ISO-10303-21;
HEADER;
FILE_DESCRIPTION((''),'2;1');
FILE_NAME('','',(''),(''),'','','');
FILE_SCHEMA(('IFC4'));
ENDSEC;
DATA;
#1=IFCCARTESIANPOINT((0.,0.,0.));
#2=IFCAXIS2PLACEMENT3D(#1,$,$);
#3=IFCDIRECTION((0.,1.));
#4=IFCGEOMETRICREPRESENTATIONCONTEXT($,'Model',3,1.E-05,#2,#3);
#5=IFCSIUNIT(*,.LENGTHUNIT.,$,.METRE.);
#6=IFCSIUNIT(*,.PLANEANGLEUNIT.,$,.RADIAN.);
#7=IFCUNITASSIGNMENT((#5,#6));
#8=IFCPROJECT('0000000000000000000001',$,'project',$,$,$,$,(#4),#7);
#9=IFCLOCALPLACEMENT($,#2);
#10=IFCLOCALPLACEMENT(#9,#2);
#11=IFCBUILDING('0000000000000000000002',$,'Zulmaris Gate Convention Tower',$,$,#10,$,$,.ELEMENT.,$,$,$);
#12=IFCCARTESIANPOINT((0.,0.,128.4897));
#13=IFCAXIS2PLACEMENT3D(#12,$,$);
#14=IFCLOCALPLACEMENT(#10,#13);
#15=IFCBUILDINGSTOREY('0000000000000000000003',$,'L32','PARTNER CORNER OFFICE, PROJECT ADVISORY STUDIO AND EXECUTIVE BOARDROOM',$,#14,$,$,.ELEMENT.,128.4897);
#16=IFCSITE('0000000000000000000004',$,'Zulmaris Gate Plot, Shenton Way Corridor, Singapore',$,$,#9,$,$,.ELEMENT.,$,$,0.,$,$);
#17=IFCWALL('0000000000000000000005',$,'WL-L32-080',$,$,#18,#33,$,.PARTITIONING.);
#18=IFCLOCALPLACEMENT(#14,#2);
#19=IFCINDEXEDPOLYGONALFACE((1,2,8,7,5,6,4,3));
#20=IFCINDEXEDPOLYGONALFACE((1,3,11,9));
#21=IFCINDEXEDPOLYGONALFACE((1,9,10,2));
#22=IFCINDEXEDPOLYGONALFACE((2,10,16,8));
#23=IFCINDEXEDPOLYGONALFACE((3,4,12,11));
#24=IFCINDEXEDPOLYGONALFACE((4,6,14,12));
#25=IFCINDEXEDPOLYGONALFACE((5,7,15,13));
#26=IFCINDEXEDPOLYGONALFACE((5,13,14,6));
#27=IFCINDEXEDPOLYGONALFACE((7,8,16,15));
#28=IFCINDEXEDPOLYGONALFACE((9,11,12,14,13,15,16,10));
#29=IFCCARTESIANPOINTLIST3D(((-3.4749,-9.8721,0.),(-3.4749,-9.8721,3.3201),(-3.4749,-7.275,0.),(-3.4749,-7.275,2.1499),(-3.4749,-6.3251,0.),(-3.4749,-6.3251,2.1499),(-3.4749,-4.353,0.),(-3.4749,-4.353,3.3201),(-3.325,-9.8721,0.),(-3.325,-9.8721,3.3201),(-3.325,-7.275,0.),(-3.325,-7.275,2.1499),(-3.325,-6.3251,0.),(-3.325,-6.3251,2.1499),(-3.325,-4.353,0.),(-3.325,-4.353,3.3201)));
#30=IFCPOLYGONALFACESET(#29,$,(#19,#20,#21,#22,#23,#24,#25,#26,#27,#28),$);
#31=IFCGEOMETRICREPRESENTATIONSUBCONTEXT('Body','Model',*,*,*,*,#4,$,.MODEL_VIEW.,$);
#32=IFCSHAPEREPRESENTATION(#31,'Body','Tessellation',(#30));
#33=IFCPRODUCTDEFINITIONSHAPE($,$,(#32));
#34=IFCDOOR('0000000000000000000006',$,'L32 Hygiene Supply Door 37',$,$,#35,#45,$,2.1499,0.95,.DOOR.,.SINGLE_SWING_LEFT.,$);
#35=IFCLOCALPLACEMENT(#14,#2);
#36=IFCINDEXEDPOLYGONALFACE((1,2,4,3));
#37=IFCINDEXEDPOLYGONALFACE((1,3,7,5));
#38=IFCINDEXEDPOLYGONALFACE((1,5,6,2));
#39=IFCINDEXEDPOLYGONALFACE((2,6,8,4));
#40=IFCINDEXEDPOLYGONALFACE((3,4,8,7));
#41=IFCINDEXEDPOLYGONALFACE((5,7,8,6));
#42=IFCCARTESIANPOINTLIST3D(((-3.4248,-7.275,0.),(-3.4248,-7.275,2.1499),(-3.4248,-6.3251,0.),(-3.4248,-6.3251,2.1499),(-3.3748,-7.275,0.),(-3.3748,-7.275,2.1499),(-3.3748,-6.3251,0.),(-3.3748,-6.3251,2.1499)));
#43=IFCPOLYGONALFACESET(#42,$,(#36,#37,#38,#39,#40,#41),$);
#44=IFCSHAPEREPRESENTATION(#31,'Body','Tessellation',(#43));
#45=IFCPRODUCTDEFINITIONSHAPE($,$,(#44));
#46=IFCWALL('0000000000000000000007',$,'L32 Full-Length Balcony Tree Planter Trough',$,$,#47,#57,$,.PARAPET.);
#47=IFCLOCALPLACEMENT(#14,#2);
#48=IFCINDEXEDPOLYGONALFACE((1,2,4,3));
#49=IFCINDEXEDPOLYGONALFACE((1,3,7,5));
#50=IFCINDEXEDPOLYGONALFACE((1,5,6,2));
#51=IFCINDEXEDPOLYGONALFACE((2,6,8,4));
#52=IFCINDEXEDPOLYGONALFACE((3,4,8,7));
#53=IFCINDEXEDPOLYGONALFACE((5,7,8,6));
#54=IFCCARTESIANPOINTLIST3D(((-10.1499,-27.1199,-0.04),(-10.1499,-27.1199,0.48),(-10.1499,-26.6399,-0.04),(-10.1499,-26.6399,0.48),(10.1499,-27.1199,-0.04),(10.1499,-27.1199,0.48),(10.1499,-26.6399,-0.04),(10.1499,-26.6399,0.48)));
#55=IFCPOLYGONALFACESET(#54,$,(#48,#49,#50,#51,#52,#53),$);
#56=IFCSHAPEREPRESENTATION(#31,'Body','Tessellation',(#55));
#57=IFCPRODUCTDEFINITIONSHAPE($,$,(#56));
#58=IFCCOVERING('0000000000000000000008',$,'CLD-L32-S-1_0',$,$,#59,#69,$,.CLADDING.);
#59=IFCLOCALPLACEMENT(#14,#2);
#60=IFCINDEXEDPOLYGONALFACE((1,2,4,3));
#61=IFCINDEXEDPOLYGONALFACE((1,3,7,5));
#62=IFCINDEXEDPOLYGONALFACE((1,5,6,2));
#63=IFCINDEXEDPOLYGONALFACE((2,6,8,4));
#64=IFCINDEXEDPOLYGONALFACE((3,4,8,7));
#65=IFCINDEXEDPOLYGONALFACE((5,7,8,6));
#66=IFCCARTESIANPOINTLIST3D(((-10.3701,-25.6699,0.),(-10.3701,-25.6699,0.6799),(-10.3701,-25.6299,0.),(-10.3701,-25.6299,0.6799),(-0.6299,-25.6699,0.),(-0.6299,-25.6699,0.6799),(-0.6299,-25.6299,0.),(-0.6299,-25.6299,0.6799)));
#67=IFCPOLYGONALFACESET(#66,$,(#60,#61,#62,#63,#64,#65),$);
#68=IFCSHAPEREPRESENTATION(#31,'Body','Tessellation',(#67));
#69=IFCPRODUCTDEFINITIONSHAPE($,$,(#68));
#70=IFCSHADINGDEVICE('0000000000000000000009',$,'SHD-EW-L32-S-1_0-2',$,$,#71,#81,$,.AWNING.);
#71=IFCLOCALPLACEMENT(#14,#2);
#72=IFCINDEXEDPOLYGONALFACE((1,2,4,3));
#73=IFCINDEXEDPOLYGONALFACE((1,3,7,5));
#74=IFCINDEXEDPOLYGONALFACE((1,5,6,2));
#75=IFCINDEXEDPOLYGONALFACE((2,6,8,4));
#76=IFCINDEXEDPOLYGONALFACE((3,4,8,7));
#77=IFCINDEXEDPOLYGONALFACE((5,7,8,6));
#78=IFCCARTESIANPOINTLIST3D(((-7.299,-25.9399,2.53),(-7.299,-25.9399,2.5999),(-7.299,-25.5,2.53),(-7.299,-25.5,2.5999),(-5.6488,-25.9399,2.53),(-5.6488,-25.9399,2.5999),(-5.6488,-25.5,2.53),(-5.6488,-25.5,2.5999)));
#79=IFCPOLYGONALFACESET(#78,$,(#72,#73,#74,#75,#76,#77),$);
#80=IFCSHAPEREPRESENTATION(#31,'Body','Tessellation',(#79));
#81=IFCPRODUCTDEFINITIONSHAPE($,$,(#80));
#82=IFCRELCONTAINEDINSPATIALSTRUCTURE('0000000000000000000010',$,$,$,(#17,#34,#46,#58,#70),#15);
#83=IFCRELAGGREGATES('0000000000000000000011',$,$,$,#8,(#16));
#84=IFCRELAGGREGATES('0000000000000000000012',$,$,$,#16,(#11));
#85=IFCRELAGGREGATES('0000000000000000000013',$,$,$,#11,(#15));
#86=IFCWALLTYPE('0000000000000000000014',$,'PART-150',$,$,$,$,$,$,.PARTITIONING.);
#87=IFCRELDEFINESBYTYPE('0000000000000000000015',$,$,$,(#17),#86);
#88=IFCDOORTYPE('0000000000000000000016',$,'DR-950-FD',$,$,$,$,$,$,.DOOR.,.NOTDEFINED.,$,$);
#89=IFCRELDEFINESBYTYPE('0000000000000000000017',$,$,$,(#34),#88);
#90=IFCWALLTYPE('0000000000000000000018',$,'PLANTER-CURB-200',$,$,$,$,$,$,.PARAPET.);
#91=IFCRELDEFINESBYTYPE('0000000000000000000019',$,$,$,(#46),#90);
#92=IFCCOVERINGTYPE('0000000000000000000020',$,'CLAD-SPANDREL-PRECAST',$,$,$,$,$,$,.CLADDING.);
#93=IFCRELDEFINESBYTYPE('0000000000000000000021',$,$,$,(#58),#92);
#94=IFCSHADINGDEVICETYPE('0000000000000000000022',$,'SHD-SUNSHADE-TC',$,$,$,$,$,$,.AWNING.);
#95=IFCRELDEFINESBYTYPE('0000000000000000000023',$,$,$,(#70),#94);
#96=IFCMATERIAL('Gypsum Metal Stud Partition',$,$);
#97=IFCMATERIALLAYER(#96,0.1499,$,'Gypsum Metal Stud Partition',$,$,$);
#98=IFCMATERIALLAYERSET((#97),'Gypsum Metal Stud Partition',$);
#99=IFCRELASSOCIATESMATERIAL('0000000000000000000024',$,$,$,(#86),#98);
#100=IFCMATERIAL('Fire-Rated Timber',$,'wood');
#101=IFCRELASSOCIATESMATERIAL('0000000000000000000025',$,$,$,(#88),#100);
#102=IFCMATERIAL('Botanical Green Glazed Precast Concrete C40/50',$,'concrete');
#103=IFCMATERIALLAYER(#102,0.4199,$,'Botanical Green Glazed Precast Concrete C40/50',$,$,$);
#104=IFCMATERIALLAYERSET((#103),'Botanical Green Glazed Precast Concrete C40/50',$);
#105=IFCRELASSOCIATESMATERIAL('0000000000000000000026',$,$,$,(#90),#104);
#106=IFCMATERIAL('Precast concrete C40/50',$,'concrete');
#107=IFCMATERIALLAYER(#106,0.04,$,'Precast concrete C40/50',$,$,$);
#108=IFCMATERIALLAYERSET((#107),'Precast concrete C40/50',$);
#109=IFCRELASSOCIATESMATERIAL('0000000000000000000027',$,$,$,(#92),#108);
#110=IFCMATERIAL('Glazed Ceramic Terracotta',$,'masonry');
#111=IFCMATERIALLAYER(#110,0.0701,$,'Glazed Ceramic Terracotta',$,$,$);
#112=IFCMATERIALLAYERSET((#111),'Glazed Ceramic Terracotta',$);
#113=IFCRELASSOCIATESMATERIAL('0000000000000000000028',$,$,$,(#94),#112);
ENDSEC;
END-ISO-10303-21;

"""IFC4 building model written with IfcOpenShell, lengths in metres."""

from ifc_helpers import new_model, si_unit, direction, frame, frame_2d, origin, place, context, subcontext, project, spatial, rectangle, extrude, material, layer, layer_set, type_object, element, fill, save


model = new_model("IFC4")

# Units and contexts
model_context = context("Model", 3, precision=1e-05, world=origin(), true_north=direction((0.0, 1.0)))
body_context = subcontext(model_context, "Body", "Model", "MODEL_VIEW")
ifc_project = project(units=[si_unit("LENGTHUNIT", "METRE"), si_unit("PLANEANGLEUNIT", "RADIAN")], contexts=[model_context])

# Site, building, storey
site_placement = place(None, origin())
site = spatial("IfcSite", under=ifc_project, at=site_placement, Name="Zulmaris Gate Plot, Shenton Way Corridor, Singapore", CompositionType="ELEMENT", RefElevation=0.0)
building_placement = place(site_placement, origin())
building = spatial("IfcBuilding", under=site, at=building_placement, Name="Zulmaris Gate Convention Tower", CompositionType="ELEMENT")
storey_placement = place(building_placement, frame((0.0, 0.0, 128.4897)))
storey = spatial("IfcBuildingStorey", under=building, at=storey_placement, Name="L32", Description="PARTNER CORNER OFFICE, PROJECT ADVISORY STUDIO AND EXECUTIVE BOARDROOM", CompositionType="ELEMENT", Elevation=128.4897)

# Shared definitions
ifc_material_1 = material(Name="Gypsum Metal Stud Partition")
ifc_layer_1 = layer(ifc_material_1, 0.1499, Name="Gypsum Metal Stud Partition")
ifc_layer_set_1 = layer_set([ifc_layer_1], Name="Gypsum Metal Stud Partition")
wall_type_1 = type_object("IfcWallType", Name="PART-150", PredefinedType="PARTITIONING", material=ifc_layer_set_1)
ifc_material_2 = material(Name="Fire-Rated Timber", Category="wood")
door_type_1 = type_object("IfcDoorType", Name="DR-950-FD", OperationType="NOTDEFINED", PredefinedType="DOOR", material=ifc_material_2)

# Wall, opening, door
wall_1_placement = place(storey_placement, frame((-3.3999, -9.8721, 0.0), z_axis=(0.0, 0.0, 1.0), x_axis=(0.0, 1.0, 0.0)))
wall_1 = element("IfcWall", 1, at=wall_1_placement, inside=storey, type_object=wall_type_1, Name="WL-L32-080", PredefinedType="PARTITIONING", context=body_context, shape_type="SweptSolid", body=[
    extrude(rectangle(XDim=5.519, YDim=0.1499, at=frame_2d((2.7595, 0.0))), origin(), (0.0, 0.0, 1.0), 3.3201),
])
opening_1_placement = place(wall_1_placement, frame((2.5969, 0.0, 0.0)))
opening_1 = element("IfcOpeningElement", 2, at=opening_1_placement, cuts=wall_1, PredefinedType="OPENING", context=body_context, shape_type="SweptSolid", body=[
    extrude(rectangle(XDim=0.95, YDim=2.1499, at=frame_2d((0.4751, 1.075))), frame((0.0, 0.085, 0.0), z_axis=(0.0, -1.0, 0.0), x_axis=(1.0, 0.0, 0.0)), (0.0, 0.0, 1.0), 0.1699),
])
door_1_placement = place(opening_1_placement, origin())
door_1 = element("IfcDoor", 3, at=door_1_placement, inside=storey, type_object=door_type_1, Name="L32 Hygiene Supply Door 37", OperationType="SINGLE_SWING_LEFT", OverallHeight=2.1499, OverallWidth=0.95, PredefinedType="DOOR", context=body_context, shape_type="SweptSolid", body=[
    extrude(rectangle(XDim=0.95, YDim=2.1499, at=frame_2d((0.4751, 1.075))), frame((0.0, 0.0249, 0.0), z_axis=(0.0, -1.0, 0.0), x_axis=(1.0, 0.0, 0.0)), (0.0, 0.0, 1.0), 0.05),
])
fill(opening_1, door_1)

# Wall
ifc_material_3 = material(Name="Botanical Green Glazed Precast Concrete C40/50", Category="concrete")
ifc_layer_2 = layer(ifc_material_3, 0.4199, Name="Botanical Green Glazed Precast Concrete C40/50")
ifc_layer_set_2 = layer_set([ifc_layer_2], Name="Botanical Green Glazed Precast Concrete C40/50")
wall_type_2 = type_object("IfcWallType", Name="PLANTER-CURB-200", PredefinedType="PARAPET", material=ifc_layer_set_2)
wall_2_placement = place(storey_placement, frame((-10.1499, -26.8799, -0.04), z_axis=(0.0, 0.0, 1.0), x_axis=(1.0, 0.0, 0.0)))
element("IfcWall", 4, at=wall_2_placement, inside=storey, type_object=wall_type_2, Name="L32 Full-Length Balcony Tree Planter Trough", PredefinedType="PARAPET", context=body_context, shape_type="SweptSolid", body=[
    extrude(rectangle(XDim=20.2998, YDim=0.48, at=frame_2d((10.1499, 0.0))), origin(), (0.0, 0.0, 1.0), 0.52),
])

# Shared definitions
ifc_material_4 = material(Name="Precast concrete C40/50", Category="concrete")

# Covering
ifc_layer_3 = layer(ifc_material_4, 0.04, Name="Precast concrete C40/50")
ifc_layer_set_3 = layer_set([ifc_layer_3], Name="Precast concrete C40/50")
covering_type = type_object("IfcCoveringType", Name="CLAD-SPANDREL-PRECAST", PredefinedType="CLADDING", material=ifc_layer_set_3)
covering_placement = place(storey_placement, frame((-10.3701, -25.6499, 0.0), z_axis=(0.0, 0.0, 1.0), x_axis=(1.0, 0.0, 0.0)))
element("IfcCovering", 5, at=covering_placement, inside=storey, type_object=covering_type, Name="CLD-L32-S-1_0", PredefinedType="CLADDING", context=body_context, shape_type="SweptSolid", body=[
    extrude(rectangle(XDim=9.7402, YDim=0.04, at=frame_2d((4.8701, 0.0))), origin(), (0.0, 0.0, 1.0), 0.6799),
])

# Shading device
ifc_material_5 = material(Name="Glazed Ceramic Terracotta", Category="masonry")
ifc_layer_4 = layer(ifc_material_5, 0.0701, Name="Glazed Ceramic Terracotta")
ifc_layer_set_4 = layer_set([ifc_layer_4], Name="Glazed Ceramic Terracotta")
shading_device_type = type_object("IfcShadingDeviceType", Name="SHD-SUNSHADE-TC", PredefinedType="AWNING", material=ifc_layer_set_4)
shading_device_placement = place(storey_placement, frame((-7.2991, -25.72, 2.53), z_axis=(0.0, 0.0, 1.0), x_axis=(1.0, 0.0, 0.0)))
element("IfcShadingDevice", 6, at=shading_device_placement, inside=storey, type_object=shading_device_type, Name="SHD-EW-L32-S-1_0-2", PredefinedType="AWNING", context=body_context, shape_type="SweptSolid", body=[
    extrude(rectangle(XDim=1.6501, YDim=0.4399, at=frame_2d((0.8252, 0.0))), origin(), (0.0, 0.0, 1.0), 0.0698),
])

save(model, "model.ifc")
